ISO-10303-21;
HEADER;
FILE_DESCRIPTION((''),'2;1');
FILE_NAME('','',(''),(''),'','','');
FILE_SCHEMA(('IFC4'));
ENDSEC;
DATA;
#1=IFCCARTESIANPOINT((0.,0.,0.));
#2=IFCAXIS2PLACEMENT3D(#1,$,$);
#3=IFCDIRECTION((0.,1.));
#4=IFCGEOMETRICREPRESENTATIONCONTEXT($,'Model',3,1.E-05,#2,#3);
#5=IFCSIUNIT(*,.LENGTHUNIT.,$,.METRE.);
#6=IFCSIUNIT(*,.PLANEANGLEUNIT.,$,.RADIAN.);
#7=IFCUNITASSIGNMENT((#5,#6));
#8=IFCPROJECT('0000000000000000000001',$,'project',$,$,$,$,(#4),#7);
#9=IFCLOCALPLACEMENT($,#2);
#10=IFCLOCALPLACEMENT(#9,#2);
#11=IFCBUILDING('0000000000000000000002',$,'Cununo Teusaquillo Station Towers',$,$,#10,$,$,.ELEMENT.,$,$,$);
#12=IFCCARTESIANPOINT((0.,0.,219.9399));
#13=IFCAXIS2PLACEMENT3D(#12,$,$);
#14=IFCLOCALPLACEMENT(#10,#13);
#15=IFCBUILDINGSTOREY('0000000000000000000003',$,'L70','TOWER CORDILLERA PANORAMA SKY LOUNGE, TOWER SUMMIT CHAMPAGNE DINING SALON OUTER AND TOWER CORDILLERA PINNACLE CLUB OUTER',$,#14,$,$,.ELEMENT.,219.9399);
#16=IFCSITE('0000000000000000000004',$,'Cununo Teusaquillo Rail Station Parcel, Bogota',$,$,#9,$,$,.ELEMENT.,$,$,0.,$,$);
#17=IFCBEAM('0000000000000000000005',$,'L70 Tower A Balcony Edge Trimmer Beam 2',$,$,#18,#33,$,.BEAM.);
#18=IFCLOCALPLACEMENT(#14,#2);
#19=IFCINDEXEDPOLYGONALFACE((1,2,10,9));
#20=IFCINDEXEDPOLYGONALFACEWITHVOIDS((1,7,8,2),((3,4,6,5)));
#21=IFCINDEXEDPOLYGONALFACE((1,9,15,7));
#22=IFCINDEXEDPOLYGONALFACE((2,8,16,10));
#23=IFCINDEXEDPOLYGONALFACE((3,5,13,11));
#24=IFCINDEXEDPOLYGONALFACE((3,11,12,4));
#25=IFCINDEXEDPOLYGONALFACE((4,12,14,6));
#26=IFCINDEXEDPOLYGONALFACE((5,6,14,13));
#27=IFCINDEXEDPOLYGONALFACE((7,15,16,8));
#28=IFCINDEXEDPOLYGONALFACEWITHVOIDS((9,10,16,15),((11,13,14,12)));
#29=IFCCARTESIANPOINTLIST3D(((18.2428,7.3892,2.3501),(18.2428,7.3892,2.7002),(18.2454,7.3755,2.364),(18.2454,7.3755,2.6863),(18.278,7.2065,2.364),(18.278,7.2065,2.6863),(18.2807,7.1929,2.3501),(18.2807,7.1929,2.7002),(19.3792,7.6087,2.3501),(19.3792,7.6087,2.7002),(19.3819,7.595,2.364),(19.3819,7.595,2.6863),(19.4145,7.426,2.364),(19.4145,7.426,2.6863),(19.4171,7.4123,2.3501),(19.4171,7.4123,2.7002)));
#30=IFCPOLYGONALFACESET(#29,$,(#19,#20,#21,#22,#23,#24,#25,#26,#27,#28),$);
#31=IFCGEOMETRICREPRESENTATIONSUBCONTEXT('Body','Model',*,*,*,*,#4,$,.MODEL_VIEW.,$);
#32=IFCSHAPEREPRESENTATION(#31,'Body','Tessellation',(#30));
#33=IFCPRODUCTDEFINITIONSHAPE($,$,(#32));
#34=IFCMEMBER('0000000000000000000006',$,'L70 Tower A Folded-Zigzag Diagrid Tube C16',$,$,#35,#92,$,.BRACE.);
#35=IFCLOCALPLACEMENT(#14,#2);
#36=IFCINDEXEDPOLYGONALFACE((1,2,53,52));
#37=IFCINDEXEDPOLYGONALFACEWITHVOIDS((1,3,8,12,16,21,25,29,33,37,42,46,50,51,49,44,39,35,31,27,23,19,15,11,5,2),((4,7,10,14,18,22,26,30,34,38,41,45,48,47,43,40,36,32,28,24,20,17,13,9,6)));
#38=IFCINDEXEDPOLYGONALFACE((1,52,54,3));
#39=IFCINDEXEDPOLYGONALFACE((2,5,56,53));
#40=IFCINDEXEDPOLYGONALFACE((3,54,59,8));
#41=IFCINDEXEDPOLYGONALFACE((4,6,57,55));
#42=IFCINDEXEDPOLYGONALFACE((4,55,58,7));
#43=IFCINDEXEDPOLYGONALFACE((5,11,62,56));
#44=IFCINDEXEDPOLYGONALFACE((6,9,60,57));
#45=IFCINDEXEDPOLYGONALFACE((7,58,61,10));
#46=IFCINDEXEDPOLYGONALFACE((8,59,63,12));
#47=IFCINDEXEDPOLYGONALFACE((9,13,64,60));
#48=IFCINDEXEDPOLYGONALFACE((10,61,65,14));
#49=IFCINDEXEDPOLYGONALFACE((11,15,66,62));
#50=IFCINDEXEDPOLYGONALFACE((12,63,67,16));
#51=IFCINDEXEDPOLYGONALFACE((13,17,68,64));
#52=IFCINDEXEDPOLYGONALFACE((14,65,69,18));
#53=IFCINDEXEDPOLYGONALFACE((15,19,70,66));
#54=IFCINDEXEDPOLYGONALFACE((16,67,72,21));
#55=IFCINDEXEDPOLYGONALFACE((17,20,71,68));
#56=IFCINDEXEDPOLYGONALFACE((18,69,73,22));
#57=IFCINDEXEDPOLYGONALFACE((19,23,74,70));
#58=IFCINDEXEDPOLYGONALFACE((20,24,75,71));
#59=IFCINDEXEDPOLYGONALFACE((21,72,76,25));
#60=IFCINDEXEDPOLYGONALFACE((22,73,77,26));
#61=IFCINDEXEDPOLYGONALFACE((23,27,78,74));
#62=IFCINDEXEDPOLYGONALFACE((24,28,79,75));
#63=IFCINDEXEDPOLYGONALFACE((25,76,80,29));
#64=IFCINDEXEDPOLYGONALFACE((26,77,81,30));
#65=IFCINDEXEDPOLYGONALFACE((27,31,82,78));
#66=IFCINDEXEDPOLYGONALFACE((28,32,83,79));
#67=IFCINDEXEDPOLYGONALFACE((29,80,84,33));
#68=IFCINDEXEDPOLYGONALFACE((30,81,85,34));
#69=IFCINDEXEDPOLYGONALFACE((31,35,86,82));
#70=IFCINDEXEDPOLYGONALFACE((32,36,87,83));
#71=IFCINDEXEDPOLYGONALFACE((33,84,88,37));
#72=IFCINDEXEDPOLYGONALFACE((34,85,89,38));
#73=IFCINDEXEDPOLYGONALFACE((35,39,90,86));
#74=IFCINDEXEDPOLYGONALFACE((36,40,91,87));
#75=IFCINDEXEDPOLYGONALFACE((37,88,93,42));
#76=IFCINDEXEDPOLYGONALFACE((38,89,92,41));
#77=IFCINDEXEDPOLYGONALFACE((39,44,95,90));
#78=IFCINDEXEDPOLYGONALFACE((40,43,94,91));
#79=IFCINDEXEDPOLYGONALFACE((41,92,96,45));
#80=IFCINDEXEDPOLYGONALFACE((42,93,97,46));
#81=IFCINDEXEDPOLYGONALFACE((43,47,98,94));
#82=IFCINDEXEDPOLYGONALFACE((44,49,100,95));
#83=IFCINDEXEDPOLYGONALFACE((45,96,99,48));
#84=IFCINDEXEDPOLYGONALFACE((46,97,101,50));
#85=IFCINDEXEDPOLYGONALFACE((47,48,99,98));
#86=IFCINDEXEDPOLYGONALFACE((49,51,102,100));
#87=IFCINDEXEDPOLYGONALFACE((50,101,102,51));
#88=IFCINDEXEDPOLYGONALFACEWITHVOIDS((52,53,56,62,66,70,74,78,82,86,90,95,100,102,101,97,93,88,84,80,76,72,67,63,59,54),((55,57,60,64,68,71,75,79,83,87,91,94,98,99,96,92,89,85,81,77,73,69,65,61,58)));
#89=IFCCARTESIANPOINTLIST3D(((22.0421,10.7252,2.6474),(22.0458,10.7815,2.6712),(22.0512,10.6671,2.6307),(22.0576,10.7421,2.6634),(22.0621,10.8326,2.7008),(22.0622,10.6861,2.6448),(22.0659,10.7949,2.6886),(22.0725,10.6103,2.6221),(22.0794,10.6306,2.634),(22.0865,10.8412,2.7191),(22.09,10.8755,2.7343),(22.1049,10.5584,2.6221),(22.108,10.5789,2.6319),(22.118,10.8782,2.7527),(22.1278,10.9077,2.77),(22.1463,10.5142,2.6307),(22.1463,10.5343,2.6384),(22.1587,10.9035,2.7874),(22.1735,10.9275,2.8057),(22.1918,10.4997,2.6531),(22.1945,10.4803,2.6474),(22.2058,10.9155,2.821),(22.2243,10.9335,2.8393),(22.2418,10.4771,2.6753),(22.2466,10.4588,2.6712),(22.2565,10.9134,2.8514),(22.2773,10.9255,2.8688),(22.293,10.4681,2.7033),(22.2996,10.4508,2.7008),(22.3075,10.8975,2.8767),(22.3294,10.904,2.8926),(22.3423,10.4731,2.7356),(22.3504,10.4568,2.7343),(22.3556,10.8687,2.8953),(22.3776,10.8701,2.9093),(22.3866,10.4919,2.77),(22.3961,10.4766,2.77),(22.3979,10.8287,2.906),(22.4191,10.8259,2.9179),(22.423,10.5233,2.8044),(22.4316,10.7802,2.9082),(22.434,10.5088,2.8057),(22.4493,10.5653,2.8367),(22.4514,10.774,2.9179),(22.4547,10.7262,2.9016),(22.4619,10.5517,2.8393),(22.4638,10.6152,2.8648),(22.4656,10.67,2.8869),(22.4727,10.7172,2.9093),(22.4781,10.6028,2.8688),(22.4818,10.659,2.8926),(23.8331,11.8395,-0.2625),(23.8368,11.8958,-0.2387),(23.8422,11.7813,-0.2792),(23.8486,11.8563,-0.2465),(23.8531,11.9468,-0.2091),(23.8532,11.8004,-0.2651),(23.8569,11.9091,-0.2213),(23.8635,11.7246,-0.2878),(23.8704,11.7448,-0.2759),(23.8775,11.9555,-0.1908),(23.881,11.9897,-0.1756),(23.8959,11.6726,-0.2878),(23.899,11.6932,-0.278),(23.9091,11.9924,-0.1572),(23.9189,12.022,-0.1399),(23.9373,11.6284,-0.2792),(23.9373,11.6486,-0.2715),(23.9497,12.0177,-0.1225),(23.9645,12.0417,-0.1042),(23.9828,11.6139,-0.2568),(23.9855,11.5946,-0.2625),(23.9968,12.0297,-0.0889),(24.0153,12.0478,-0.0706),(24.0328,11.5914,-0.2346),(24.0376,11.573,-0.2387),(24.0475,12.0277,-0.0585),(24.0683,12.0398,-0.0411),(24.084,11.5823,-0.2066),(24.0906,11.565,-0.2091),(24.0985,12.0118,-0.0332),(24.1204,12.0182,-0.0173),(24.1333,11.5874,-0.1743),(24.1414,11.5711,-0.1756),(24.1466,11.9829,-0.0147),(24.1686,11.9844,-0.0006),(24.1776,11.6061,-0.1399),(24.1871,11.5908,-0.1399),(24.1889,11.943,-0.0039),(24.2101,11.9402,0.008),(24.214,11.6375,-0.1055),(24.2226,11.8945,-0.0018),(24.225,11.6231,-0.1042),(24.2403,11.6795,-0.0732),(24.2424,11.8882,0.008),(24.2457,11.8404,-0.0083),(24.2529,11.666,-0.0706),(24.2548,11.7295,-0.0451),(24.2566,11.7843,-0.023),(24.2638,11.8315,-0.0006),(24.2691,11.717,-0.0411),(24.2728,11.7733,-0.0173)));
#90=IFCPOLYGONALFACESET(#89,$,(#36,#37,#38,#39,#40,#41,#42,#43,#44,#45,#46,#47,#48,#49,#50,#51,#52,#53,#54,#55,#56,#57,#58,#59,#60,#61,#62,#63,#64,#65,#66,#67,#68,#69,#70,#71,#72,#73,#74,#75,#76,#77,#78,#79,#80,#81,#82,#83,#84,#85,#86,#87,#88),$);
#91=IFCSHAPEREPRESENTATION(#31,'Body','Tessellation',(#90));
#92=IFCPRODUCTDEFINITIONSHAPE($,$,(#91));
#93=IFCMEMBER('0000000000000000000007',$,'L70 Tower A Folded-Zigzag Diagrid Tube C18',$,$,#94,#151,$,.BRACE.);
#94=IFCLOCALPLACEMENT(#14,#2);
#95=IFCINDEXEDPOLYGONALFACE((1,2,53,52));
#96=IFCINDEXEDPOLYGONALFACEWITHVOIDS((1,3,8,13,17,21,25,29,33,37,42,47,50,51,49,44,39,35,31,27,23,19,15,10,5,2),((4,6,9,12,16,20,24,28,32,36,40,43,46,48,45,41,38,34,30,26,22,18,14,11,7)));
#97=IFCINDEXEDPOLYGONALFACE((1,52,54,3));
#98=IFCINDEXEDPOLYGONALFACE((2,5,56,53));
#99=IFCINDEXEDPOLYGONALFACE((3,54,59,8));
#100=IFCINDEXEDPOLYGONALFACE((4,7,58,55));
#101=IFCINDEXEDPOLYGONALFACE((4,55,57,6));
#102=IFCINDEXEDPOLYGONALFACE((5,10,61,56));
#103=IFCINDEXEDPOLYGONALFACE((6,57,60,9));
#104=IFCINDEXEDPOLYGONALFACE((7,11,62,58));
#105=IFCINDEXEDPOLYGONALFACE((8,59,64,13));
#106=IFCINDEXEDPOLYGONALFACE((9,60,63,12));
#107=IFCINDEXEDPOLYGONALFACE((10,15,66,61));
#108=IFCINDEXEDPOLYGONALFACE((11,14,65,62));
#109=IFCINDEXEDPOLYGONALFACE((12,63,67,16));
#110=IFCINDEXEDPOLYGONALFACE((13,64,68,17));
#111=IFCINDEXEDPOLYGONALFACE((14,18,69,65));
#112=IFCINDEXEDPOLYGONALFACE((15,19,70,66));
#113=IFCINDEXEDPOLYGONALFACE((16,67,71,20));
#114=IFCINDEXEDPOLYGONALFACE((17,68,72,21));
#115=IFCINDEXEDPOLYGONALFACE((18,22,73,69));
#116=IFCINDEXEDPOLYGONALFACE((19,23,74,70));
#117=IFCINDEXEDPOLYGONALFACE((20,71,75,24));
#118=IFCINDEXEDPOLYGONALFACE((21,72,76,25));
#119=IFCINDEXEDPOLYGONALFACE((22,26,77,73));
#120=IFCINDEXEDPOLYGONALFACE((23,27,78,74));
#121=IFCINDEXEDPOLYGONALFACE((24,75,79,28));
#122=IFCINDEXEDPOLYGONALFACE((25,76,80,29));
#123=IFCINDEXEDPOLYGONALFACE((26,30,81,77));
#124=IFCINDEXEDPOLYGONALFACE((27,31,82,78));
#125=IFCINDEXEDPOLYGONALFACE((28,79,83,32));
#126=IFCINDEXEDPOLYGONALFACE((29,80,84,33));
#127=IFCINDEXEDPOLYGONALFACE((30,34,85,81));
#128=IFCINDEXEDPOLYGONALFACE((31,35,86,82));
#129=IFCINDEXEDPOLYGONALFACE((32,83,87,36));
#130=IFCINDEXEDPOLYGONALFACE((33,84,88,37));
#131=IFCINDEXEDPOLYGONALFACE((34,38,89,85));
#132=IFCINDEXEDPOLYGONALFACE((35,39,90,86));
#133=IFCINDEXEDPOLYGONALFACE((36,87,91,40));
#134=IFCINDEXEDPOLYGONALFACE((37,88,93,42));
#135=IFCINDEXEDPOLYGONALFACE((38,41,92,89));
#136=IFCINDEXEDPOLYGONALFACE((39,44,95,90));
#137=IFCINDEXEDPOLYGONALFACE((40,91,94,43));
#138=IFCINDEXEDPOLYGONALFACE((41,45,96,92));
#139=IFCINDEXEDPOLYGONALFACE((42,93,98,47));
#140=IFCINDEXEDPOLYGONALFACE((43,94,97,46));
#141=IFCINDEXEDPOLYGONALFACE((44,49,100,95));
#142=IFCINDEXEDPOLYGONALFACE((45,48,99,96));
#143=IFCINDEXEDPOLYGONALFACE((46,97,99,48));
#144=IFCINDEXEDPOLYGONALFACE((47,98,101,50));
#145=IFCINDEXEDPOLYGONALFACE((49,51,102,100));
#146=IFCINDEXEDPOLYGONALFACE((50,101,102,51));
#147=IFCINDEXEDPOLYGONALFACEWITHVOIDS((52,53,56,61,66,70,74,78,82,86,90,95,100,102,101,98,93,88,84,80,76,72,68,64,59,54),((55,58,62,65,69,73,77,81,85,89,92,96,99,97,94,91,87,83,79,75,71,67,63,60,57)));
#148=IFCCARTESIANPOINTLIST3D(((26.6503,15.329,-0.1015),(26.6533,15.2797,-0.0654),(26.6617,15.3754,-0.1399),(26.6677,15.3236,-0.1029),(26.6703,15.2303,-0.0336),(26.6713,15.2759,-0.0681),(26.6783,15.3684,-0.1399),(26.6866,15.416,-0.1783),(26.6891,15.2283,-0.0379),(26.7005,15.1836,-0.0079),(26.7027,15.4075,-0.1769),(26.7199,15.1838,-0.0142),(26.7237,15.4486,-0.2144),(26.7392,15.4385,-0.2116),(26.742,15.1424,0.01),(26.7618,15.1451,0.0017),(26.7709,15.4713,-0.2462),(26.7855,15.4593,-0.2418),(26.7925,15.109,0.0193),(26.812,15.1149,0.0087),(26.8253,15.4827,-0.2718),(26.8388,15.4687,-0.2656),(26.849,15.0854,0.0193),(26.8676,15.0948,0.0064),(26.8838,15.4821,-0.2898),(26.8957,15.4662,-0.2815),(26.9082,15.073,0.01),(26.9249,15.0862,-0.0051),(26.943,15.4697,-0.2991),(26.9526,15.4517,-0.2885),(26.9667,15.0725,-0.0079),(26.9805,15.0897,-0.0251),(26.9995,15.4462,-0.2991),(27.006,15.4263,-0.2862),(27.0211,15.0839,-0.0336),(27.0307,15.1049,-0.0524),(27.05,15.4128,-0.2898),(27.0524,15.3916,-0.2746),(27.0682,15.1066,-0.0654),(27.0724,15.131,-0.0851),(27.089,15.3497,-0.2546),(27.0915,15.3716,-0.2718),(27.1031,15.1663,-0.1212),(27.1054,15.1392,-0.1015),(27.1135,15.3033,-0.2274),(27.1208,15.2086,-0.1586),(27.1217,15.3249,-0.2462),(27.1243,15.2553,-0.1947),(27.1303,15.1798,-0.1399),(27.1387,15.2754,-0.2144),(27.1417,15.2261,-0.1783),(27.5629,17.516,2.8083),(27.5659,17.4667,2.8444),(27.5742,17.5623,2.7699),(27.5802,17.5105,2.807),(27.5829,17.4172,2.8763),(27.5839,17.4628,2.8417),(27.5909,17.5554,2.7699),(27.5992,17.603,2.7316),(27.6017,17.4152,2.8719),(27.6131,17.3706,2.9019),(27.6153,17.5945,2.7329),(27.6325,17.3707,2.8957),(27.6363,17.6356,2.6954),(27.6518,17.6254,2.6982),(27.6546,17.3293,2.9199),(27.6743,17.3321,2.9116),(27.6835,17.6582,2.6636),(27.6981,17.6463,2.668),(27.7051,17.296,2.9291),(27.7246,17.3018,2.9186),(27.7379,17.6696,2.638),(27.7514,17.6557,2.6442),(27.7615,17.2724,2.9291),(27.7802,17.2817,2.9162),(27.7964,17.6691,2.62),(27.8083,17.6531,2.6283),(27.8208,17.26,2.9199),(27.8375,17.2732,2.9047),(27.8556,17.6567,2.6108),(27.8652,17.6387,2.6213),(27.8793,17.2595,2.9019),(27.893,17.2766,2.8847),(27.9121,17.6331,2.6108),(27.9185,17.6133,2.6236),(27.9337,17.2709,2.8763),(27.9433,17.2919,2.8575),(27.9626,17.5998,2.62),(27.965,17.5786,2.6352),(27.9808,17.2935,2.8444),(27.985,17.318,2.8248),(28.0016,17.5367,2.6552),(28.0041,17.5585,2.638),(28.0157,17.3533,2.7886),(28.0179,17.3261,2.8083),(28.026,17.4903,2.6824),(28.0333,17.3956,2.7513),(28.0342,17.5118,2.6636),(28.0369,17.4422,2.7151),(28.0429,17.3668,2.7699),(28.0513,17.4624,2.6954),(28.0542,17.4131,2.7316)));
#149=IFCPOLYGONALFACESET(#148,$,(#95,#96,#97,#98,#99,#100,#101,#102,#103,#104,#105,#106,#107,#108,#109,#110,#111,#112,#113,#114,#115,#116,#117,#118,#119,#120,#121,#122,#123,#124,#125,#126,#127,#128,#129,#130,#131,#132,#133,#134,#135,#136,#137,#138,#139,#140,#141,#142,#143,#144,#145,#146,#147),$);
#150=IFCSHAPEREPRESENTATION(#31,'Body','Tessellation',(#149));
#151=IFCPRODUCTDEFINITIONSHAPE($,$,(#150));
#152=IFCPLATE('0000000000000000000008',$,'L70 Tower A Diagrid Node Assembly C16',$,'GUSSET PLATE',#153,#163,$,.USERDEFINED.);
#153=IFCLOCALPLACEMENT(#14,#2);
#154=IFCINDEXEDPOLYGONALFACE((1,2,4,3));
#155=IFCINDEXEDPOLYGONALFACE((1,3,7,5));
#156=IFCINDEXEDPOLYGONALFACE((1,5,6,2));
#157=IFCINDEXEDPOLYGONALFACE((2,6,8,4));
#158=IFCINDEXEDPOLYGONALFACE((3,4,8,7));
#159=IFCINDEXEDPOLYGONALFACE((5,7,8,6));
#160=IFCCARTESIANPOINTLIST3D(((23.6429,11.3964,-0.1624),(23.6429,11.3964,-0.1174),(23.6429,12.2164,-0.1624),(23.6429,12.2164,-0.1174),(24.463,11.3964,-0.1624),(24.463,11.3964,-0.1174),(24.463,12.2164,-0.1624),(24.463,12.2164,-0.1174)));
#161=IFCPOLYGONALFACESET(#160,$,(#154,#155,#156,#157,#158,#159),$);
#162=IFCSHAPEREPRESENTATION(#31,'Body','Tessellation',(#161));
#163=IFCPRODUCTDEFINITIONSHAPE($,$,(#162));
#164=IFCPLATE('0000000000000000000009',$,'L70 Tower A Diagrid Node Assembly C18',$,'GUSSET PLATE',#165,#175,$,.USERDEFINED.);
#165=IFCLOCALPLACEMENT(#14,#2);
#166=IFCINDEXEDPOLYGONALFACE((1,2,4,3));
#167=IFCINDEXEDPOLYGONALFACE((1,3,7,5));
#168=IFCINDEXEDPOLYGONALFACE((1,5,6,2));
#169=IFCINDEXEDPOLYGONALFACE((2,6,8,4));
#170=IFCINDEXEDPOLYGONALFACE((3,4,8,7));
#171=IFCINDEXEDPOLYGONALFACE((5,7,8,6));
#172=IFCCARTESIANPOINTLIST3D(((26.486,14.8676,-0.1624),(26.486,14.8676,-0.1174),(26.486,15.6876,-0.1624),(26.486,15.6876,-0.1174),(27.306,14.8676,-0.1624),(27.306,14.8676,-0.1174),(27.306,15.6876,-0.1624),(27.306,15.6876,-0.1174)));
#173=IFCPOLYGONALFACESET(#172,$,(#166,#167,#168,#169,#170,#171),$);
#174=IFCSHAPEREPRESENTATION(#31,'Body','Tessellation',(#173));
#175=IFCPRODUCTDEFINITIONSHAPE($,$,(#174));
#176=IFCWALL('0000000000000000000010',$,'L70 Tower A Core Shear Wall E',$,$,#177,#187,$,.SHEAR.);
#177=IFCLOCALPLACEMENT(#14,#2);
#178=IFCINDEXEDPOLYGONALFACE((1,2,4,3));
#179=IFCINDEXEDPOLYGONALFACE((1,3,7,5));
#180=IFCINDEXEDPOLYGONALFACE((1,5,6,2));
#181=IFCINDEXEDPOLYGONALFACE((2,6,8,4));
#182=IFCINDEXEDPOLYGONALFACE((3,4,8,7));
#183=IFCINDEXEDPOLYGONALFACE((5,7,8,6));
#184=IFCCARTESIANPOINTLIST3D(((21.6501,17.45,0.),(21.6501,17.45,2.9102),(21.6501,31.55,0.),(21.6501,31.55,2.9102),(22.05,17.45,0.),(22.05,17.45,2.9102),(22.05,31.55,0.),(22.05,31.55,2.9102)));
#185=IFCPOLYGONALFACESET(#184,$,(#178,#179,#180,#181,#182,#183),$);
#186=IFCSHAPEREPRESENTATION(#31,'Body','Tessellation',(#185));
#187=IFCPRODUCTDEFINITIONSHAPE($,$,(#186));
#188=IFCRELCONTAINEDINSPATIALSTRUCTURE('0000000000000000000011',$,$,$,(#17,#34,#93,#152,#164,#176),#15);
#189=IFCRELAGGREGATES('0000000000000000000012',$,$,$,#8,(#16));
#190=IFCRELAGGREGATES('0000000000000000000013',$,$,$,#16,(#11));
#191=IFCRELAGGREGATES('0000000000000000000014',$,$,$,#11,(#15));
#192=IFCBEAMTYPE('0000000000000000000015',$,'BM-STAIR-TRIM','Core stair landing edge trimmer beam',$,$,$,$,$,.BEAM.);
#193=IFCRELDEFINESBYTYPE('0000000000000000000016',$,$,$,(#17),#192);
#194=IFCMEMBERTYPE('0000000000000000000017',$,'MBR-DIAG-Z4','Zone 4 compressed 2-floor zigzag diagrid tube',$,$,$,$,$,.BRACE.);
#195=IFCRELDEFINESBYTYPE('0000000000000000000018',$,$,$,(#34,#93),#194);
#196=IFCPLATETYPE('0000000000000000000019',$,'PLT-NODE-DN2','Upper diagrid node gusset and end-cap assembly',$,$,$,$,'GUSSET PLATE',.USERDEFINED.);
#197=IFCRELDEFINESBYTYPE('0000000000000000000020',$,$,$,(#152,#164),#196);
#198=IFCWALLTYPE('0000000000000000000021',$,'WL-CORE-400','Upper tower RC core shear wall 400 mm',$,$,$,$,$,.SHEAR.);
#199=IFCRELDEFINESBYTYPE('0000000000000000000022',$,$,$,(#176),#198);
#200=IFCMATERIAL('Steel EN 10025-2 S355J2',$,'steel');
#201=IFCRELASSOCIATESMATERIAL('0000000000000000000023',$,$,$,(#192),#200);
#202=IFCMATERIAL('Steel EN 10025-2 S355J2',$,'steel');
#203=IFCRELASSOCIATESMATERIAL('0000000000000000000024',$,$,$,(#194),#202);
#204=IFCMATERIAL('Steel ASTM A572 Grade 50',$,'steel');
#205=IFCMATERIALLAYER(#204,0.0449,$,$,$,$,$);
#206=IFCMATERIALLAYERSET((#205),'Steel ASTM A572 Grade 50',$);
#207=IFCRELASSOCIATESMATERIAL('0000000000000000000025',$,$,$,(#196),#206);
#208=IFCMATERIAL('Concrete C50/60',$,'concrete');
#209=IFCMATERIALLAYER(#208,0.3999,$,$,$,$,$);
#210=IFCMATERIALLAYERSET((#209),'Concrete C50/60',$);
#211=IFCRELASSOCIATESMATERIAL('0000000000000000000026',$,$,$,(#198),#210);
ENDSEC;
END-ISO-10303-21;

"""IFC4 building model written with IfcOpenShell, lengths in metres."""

from ifc_helpers import new_model, si_unit, direction, frame, frame_2d, origin, origin_2d, place, context, subcontext, project, spatial, rectangle, hollow_rectangle, hollow_circle, extrude, source, transform, mapped, material, layer, layer_set, material_profile, profile_set, type_object, element, save


model = new_model("IFC4")

# Units and contexts
model_context = context("Model", 3, precision=1e-05, world=origin(), true_north=direction((0.0, 1.0)))
body_context = subcontext(model_context, "Body", "Model", "MODEL_VIEW")
ifc_project = project(units=[si_unit("LENGTHUNIT", "METRE"), si_unit("PLANEANGLEUNIT", "RADIAN")], contexts=[model_context])

# Site, building, storey
site_placement = place(None, origin())
site = spatial("IfcSite", under=ifc_project, at=site_placement, Name="Cununo Teusaquillo Rail Station Parcel, Bogota", CompositionType="ELEMENT", RefElevation=0.0)
building_placement = place(site_placement, origin())
building = spatial("IfcBuilding", under=site, at=building_placement, Name="Cununo Teusaquillo Station Towers", CompositionType="ELEMENT")
storey_placement = place(building_placement, frame((0.0, 0.0, 219.9399)))
storey = spatial("IfcBuildingStorey", under=building, at=storey_placement, Name="L70", Description="TOWER CORDILLERA PANORAMA SKY LOUNGE, TOWER SUMMIT CHAMPAGNE DINING SALON OUTER AND TOWER CORDILLERA PINNACLE CLUB OUTER", CompositionType="ELEMENT", Elevation=219.9399)

# Beam
ifc_material_1 = material(Name="Steel EN 10025-2 S355J2", Category="steel")
ifc_material_profile_1 = material_profile(ifc_material_1, hollow_rectangle(XDim=0.2, YDim=0.3501, WallThickness=0.0139, at=origin_2d()), Name="RHS 350x200x14")
ifc_profile_set_1 = profile_set([ifc_material_profile_1], Name="Steel EN 10025-2 S355J2")
beam_type_1 = type_object("IfcBeamType", Name="BM-STAIR-TRIM", Description="Core stair landing edge trimmer beam", PredefinedType="BEAM", material=ifc_profile_set_1)
beam_1_placement = place(storey_placement, frame((18.2617, 7.291, 2.5251), z_axis=(0.981857, 0.189622, 0.0), x_axis=(-0.189622, 0.981857, 0.0)))
element("IfcBeam", 1, at=beam_1_placement, inside=storey, type_object=beam_type_1, Name="L70 Tower A Balcony Edge Trimmer Beam 2", PredefinedType="BEAM", context=body_context, shape_type="SweptSolid", body=[
    extrude(hollow_rectangle(XDim=0.2, YDim=0.3501, WallThickness=0.0139, at=origin_2d()), origin(), (0.0, 0.0, 1.0), 1.1575),
])

# Members
ifc_material_2 = material(Name="Steel EN 10025-2 S355J2", Category="steel")
ifc_material_profile_2 = material_profile(ifc_material_2, hollow_circle(Radius=0.2539, WallThickness=0.0181, at=origin_2d()), Name="CHS 508x18")
ifc_profile_set_2 = profile_set([ifc_material_profile_2], Name="Steel EN 10025-2 S355J2")
member_type = type_object("IfcMemberType", Name="MBR-DIAG-Z4", Description="Zone 4 compressed 2-floor zigzag diagrid tube", PredefinedType="BRACE", material=ifc_profile_set_2)
member_1_placement = place(storey_placement, frame((24.053, 11.8064, -0.1399), z_axis=(-0.498334, -0.310032, 0.809656), x_axis=(0.52825, -0.849089, 0.0)))
element("IfcMember", 2, at=member_1_placement, inside=storey, type_object=member_type, Name="L70 Tower A Folded-Zigzag Diagrid Tube C16", PredefinedType="BRACE", context=body_context, shape_type="SweptSolid", body=[
    extrude(hollow_circle(Radius=0.2539, WallThickness=0.0181, at=origin_2d()), origin(), (0.0, 0.0, 1.0), 3.594),
])
member_2_placement = place(storey_placement, frame((26.896, 15.2776, -0.1399), z_axis=(0.243178, 0.582769, 0.775399), x_axis=(-0.922876, 0.385098, 0.0)))
element("IfcMember", 3, at=member_2_placement, inside=storey, type_object=member_type, Name="L70 Tower A Folded-Zigzag Diagrid Tube C18", PredefinedType="BRACE", context=body_context, shape_type="SweptSolid", body=[
    extrude(hollow_circle(Radius=0.2539, WallThickness=0.0181, at=origin_2d()), origin(), (0.0, 0.0, 1.0), 3.7527),
])

# Plates
ifc_material_3 = material(Name="Steel ASTM A572 Grade 50", Category="steel")
ifc_layer_1 = layer(ifc_material_3, 0.0449)
ifc_layer_set_1 = layer_set([ifc_layer_1], Name="Steel ASTM A572 Grade 50")
plate_type = type_object("IfcPlateType", Name="PLT-NODE-DN2", Description="Upper diagrid node gusset and end-cap assembly", ElementType="GUSSET PLATE", PredefinedType="USERDEFINED", material=ifc_layer_set_1)
shared_shape_1 = source(origin(), body_context, "Body", "SweptSolid", [
    extrude(rectangle(XDim=0.8201, YDim=0.8201, at=origin_2d()), origin(), (0.0, 0.0, 1.0), 0.0449),
])
for number, where, z_axis, x_axis, name in (
    (4, (24.053, 11.8064, -0.1624), (0.0, 0.0, 1.0), (1.0, 0.0, 0.0), "L70 Tower A Diagrid Node Assembly C16"),
    (5, (26.896, 15.2776, -0.1624), (0.0, 0.0, 1.0), (1.0, 0.0, 0.0), "L70 Tower A Diagrid Node Assembly C18"),
):
    element("IfcPlate", number, at=place(storey_placement, frame(where, z_axis=z_axis, x_axis=x_axis)), inside=storey, type_object=plate_type, Name=name, ObjectType="GUSSET PLATE", PredefinedType="USERDEFINED", context=body_context, shape_type="MappedRepresentation", body=[
        mapped(shared_shape_1, transform((0.0, 0.0, 0.0), x_axis=(1.0, 0.0, 0.0), y_axis=(0.0, 1.0, 0.0), z_axis=(0.0, 0.0, 1.0), scale=1.0)),
    ])

# Wall
ifc_material_4 = material(Name="Concrete C50/60", Category="concrete")
ifc_layer_2 = layer(ifc_material_4, 0.3999)
ifc_layer_set_2 = layer_set([ifc_layer_2], Name="Concrete C50/60")
wall_type_1 = type_object("IfcWallType", Name="WL-CORE-400", Description="Upper tower RC core shear wall 400 mm", PredefinedType="SHEAR", material=ifc_layer_set_2)
wall_1_placement = place(storey_placement, frame((21.8501, 17.45, 0.0), z_axis=(0.0, 0.0, 1.0), x_axis=(0.0, 1.0, 0.0)))
element("IfcWall", 6, at=wall_1_placement, inside=storey, type_object=wall_type_1, Name="L70 Tower A Core Shear Wall E", PredefinedType="SHEAR", context=body_context, shape_type="SweptSolid", body=[
    extrude(rectangle(XDim=14.1001, YDim=0.3999, at=frame_2d((7.05, 0.0))), origin(), (0.0, 0.0, 1.0), 2.9102),
])

save(model, "model.ifc")
